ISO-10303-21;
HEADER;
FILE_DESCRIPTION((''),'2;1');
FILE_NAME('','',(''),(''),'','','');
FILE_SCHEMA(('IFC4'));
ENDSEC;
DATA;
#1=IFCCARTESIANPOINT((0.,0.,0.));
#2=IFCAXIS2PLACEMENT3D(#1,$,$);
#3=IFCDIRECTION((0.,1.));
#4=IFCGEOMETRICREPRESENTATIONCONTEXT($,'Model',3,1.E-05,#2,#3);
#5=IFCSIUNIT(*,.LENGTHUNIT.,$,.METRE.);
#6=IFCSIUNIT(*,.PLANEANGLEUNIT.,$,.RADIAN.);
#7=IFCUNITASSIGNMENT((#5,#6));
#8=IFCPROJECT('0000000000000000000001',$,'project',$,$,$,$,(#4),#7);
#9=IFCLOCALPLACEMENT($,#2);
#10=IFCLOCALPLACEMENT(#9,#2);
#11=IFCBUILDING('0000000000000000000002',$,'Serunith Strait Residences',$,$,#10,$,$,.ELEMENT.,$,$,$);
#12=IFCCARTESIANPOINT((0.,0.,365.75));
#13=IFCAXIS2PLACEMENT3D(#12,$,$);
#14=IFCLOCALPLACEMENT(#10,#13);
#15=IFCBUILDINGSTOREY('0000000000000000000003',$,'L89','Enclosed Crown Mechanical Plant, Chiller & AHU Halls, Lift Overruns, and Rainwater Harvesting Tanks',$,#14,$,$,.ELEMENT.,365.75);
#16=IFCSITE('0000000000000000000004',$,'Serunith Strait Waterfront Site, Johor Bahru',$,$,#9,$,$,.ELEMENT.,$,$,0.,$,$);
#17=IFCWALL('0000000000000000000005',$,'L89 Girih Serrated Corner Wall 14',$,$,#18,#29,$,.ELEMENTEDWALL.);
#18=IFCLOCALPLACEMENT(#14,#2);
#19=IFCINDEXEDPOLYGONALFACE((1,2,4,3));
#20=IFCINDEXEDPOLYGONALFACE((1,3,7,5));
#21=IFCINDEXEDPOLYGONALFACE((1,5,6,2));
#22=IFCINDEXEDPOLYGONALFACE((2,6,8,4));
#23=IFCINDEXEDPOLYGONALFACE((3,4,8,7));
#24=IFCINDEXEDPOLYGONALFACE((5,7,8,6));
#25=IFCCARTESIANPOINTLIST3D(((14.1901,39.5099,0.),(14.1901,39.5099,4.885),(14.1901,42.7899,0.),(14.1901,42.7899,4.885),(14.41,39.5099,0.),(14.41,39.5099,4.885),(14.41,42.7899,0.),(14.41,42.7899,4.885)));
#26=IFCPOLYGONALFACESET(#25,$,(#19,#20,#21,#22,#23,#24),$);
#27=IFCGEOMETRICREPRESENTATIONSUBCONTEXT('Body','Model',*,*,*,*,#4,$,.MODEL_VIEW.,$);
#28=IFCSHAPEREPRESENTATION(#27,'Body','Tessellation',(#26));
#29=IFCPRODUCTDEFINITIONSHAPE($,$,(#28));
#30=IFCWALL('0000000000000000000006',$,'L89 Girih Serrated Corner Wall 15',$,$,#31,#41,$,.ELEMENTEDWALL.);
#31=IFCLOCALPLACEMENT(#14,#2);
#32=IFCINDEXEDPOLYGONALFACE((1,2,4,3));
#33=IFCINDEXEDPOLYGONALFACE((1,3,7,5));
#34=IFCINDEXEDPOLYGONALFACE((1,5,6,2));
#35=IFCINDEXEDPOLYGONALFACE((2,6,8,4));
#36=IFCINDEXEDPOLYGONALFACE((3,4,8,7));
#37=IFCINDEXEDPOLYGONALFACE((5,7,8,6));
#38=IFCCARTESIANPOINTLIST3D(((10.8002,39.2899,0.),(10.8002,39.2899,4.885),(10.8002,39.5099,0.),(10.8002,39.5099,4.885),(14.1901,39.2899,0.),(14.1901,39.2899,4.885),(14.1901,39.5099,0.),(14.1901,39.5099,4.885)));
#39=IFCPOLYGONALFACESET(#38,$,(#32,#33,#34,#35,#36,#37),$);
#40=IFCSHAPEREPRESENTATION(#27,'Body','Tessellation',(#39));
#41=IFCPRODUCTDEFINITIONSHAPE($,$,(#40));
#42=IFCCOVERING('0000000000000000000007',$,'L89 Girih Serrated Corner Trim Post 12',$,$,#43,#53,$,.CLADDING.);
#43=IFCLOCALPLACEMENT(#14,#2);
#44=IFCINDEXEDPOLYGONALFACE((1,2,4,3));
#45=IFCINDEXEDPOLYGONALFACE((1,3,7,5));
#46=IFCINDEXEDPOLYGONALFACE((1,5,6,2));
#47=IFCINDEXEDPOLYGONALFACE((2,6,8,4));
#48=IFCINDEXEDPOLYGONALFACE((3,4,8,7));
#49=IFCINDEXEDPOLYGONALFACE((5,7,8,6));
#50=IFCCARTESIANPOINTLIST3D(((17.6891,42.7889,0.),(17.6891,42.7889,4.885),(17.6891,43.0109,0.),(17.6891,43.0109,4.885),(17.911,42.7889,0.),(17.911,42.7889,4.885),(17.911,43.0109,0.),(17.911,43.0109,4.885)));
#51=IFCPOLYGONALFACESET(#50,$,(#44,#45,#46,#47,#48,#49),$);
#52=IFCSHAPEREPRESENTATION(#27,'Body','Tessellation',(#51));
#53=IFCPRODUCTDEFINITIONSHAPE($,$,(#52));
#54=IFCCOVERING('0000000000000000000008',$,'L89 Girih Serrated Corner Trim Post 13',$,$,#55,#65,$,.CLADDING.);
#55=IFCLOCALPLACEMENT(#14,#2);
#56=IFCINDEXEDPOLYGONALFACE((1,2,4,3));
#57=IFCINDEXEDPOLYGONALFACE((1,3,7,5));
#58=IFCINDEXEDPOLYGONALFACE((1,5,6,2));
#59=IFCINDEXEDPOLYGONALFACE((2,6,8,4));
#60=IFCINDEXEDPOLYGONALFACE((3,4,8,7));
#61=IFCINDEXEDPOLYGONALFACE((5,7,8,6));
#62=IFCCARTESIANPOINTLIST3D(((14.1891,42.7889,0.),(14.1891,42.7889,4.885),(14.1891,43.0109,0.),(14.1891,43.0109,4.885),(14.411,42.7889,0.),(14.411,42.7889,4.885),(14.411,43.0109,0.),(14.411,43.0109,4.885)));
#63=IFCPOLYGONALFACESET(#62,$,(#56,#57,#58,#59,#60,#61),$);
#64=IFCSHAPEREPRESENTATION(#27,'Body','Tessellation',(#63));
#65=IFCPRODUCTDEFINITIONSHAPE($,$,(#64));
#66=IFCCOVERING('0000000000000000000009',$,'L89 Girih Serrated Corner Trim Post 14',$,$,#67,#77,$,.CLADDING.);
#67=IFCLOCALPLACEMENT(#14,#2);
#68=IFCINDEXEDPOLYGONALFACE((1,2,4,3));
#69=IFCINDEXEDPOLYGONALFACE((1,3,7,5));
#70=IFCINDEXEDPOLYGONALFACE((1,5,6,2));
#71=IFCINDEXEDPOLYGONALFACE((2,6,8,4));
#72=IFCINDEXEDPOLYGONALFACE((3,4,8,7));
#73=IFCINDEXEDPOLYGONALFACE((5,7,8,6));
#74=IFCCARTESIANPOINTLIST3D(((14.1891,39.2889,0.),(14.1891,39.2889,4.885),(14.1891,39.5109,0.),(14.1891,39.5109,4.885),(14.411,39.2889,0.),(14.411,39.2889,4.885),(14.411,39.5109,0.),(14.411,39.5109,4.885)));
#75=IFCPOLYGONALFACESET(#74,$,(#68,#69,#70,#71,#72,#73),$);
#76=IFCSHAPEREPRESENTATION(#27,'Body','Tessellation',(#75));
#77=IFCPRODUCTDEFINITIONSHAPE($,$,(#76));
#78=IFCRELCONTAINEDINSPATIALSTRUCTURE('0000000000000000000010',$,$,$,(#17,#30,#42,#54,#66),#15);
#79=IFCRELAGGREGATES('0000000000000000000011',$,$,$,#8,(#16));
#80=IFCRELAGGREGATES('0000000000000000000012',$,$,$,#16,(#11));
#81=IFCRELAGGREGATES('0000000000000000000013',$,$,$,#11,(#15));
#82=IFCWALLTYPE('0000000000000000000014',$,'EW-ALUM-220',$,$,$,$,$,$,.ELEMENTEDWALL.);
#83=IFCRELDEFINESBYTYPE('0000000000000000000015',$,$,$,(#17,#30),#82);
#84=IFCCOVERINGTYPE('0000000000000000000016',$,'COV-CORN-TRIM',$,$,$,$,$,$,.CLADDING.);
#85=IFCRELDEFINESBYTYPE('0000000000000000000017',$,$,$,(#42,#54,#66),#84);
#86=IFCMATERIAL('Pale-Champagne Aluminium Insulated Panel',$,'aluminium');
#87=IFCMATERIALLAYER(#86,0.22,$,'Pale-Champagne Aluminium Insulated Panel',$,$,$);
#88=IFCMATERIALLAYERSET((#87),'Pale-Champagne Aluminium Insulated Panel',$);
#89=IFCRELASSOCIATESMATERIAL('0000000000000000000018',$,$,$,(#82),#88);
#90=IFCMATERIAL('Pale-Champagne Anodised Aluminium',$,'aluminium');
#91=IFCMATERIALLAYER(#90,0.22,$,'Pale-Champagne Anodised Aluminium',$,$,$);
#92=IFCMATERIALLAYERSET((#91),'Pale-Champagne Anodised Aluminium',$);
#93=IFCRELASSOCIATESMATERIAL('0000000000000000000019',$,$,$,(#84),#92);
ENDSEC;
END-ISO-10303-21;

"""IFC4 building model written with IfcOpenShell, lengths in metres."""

from ifc_helpers import new_model, si_unit, direction, frame, frame_2d, origin, origin_2d, place, context, subcontext, project, spatial, rectangle, extrude, source, transform, mapped, material, layer, layer_set, type_object, element, save


model = new_model("IFC4")

# Units and contexts
model_context = context("Model", 3, precision=1e-05, world=origin(), true_north=direction((0.0, 1.0)))
body_context = subcontext(model_context, "Body", "Model", "MODEL_VIEW")
ifc_project = project(units=[si_unit("LENGTHUNIT", "METRE"), si_unit("PLANEANGLEUNIT", "RADIAN")], contexts=[model_context])

# Site, building, storey
site_placement = place(None, origin())
site = spatial("IfcSite", under=ifc_project, at=site_placement, Name="Serunith Strait Waterfront Site, Johor Bahru", CompositionType="ELEMENT", RefElevation=0.0)
building_placement = place(site_placement, origin())
building = spatial("IfcBuilding", under=site, at=building_placement, Name="Serunith Strait Residences", CompositionType="ELEMENT")
storey_placement = place(building_placement, frame((0.0, 0.0, 365.75)))
storey = spatial("IfcBuildingStorey", under=building, at=storey_placement, Name="L89", Description="Enclosed Crown Mechanical Plant, Chiller & AHU Halls, Lift Overruns, and Rainwater Harvesting Tanks", CompositionType="ELEMENT", Elevation=365.75)

# Walls
ifc_material_1 = material(Name="Pale-Champagne Aluminium Insulated Panel", Category="aluminium")
ifc_layer_1 = layer(ifc_material_1, 0.22, Name="Pale-Champagne Aluminium Insulated Panel")
ifc_layer_set_1 = layer_set([ifc_layer_1], Name="Pale-Champagne Aluminium Insulated Panel")
wall_type = type_object("IfcWallType", Name="EW-ALUM-220", PredefinedType="ELEMENTEDWALL", material=ifc_layer_set_1)
for number, where, z_axis, x_axis, name in (
    (1, (14.3, 42.79, 0.0), (0.0, 0.0, 1.0), (0.0, -1.0, 0.0), "L89 Girih Serrated Corner Wall 14"),
):
    element("IfcWall", number, at=place(storey_placement, frame(where, z_axis=z_axis, x_axis=x_axis)), inside=storey, type_object=wall_type, Name=name, PredefinedType="ELEMENTEDWALL", context=body_context, shape_type="SweptSolid", body=[
        extrude(rectangle(XDim=3.28, YDim=0.22, at=frame_2d((1.6401, 0.0))), origin(), (0.0, 0.0, 1.0), 4.885),
    ])
wall_1_placement = place(storey_placement, frame((14.1899, 39.3999, 0.0), z_axis=(0.0, 0.0, 1.0), x_axis=(-1.0, 0.0, 0.0)))
element("IfcWall", 2, at=wall_1_placement, inside=storey, type_object=wall_type, Name="L89 Girih Serrated Corner Wall 15", PredefinedType="ELEMENTEDWALL", context=body_context, shape_type="SweptSolid", body=[
    extrude(rectangle(XDim=3.3899, YDim=0.22, at=frame_2d((1.6948, 0.0))), origin(), (0.0, 0.0, 1.0), 4.885),
])

# Coverings
ifc_material_2 = material(Name="Pale-Champagne Anodised Aluminium", Category="aluminium")
ifc_layer_2 = layer(ifc_material_2, 0.22, Name="Pale-Champagne Anodised Aluminium")
ifc_layer_set_2 = layer_set([ifc_layer_2], Name="Pale-Champagne Anodised Aluminium")
covering_type = type_object("IfcCoveringType", Name="COV-CORN-TRIM", PredefinedType="CLADDING", material=ifc_layer_set_2)
shared_shape_1 = source(origin(), body_context, "Body", "SweptSolid", [
    extrude(rectangle(XDim=0.2219, YDim=0.2219, at=origin_2d()), origin(), (0.0, 0.0, 1.0), 4.885),
])
for number, where, z_axis, x_axis, name in (
    (3, (17.8, 42.8999, 0.0), (0.0, 0.0, 1.0), (1.0, 0.0, 0.0), "L89 Girih Serrated Corner Trim Post 12"),
    (4, (14.3, 42.8999, 0.0), (0.0, 0.0, 1.0), (1.0, 0.0, 0.0), "L89 Girih Serrated Corner Trim Post 13"),
    (5, (14.3, 39.3999, 0.0), (0.0, 0.0, 1.0), (1.0, 0.0, 0.0), "L89 Girih Serrated Corner Trim Post 14"),
):
    element("IfcCovering", number, at=place(storey_placement, frame(where, z_axis=z_axis, x_axis=x_axis)), inside=storey, type_object=covering_type, Name=name, PredefinedType="CLADDING", context=body_context, shape_type="MappedRepresentation", body=[
        mapped(shared_shape_1, transform((0.0, 0.0, 0.0), scale=1.0)),
    ])

save(model, "model.ifc")
